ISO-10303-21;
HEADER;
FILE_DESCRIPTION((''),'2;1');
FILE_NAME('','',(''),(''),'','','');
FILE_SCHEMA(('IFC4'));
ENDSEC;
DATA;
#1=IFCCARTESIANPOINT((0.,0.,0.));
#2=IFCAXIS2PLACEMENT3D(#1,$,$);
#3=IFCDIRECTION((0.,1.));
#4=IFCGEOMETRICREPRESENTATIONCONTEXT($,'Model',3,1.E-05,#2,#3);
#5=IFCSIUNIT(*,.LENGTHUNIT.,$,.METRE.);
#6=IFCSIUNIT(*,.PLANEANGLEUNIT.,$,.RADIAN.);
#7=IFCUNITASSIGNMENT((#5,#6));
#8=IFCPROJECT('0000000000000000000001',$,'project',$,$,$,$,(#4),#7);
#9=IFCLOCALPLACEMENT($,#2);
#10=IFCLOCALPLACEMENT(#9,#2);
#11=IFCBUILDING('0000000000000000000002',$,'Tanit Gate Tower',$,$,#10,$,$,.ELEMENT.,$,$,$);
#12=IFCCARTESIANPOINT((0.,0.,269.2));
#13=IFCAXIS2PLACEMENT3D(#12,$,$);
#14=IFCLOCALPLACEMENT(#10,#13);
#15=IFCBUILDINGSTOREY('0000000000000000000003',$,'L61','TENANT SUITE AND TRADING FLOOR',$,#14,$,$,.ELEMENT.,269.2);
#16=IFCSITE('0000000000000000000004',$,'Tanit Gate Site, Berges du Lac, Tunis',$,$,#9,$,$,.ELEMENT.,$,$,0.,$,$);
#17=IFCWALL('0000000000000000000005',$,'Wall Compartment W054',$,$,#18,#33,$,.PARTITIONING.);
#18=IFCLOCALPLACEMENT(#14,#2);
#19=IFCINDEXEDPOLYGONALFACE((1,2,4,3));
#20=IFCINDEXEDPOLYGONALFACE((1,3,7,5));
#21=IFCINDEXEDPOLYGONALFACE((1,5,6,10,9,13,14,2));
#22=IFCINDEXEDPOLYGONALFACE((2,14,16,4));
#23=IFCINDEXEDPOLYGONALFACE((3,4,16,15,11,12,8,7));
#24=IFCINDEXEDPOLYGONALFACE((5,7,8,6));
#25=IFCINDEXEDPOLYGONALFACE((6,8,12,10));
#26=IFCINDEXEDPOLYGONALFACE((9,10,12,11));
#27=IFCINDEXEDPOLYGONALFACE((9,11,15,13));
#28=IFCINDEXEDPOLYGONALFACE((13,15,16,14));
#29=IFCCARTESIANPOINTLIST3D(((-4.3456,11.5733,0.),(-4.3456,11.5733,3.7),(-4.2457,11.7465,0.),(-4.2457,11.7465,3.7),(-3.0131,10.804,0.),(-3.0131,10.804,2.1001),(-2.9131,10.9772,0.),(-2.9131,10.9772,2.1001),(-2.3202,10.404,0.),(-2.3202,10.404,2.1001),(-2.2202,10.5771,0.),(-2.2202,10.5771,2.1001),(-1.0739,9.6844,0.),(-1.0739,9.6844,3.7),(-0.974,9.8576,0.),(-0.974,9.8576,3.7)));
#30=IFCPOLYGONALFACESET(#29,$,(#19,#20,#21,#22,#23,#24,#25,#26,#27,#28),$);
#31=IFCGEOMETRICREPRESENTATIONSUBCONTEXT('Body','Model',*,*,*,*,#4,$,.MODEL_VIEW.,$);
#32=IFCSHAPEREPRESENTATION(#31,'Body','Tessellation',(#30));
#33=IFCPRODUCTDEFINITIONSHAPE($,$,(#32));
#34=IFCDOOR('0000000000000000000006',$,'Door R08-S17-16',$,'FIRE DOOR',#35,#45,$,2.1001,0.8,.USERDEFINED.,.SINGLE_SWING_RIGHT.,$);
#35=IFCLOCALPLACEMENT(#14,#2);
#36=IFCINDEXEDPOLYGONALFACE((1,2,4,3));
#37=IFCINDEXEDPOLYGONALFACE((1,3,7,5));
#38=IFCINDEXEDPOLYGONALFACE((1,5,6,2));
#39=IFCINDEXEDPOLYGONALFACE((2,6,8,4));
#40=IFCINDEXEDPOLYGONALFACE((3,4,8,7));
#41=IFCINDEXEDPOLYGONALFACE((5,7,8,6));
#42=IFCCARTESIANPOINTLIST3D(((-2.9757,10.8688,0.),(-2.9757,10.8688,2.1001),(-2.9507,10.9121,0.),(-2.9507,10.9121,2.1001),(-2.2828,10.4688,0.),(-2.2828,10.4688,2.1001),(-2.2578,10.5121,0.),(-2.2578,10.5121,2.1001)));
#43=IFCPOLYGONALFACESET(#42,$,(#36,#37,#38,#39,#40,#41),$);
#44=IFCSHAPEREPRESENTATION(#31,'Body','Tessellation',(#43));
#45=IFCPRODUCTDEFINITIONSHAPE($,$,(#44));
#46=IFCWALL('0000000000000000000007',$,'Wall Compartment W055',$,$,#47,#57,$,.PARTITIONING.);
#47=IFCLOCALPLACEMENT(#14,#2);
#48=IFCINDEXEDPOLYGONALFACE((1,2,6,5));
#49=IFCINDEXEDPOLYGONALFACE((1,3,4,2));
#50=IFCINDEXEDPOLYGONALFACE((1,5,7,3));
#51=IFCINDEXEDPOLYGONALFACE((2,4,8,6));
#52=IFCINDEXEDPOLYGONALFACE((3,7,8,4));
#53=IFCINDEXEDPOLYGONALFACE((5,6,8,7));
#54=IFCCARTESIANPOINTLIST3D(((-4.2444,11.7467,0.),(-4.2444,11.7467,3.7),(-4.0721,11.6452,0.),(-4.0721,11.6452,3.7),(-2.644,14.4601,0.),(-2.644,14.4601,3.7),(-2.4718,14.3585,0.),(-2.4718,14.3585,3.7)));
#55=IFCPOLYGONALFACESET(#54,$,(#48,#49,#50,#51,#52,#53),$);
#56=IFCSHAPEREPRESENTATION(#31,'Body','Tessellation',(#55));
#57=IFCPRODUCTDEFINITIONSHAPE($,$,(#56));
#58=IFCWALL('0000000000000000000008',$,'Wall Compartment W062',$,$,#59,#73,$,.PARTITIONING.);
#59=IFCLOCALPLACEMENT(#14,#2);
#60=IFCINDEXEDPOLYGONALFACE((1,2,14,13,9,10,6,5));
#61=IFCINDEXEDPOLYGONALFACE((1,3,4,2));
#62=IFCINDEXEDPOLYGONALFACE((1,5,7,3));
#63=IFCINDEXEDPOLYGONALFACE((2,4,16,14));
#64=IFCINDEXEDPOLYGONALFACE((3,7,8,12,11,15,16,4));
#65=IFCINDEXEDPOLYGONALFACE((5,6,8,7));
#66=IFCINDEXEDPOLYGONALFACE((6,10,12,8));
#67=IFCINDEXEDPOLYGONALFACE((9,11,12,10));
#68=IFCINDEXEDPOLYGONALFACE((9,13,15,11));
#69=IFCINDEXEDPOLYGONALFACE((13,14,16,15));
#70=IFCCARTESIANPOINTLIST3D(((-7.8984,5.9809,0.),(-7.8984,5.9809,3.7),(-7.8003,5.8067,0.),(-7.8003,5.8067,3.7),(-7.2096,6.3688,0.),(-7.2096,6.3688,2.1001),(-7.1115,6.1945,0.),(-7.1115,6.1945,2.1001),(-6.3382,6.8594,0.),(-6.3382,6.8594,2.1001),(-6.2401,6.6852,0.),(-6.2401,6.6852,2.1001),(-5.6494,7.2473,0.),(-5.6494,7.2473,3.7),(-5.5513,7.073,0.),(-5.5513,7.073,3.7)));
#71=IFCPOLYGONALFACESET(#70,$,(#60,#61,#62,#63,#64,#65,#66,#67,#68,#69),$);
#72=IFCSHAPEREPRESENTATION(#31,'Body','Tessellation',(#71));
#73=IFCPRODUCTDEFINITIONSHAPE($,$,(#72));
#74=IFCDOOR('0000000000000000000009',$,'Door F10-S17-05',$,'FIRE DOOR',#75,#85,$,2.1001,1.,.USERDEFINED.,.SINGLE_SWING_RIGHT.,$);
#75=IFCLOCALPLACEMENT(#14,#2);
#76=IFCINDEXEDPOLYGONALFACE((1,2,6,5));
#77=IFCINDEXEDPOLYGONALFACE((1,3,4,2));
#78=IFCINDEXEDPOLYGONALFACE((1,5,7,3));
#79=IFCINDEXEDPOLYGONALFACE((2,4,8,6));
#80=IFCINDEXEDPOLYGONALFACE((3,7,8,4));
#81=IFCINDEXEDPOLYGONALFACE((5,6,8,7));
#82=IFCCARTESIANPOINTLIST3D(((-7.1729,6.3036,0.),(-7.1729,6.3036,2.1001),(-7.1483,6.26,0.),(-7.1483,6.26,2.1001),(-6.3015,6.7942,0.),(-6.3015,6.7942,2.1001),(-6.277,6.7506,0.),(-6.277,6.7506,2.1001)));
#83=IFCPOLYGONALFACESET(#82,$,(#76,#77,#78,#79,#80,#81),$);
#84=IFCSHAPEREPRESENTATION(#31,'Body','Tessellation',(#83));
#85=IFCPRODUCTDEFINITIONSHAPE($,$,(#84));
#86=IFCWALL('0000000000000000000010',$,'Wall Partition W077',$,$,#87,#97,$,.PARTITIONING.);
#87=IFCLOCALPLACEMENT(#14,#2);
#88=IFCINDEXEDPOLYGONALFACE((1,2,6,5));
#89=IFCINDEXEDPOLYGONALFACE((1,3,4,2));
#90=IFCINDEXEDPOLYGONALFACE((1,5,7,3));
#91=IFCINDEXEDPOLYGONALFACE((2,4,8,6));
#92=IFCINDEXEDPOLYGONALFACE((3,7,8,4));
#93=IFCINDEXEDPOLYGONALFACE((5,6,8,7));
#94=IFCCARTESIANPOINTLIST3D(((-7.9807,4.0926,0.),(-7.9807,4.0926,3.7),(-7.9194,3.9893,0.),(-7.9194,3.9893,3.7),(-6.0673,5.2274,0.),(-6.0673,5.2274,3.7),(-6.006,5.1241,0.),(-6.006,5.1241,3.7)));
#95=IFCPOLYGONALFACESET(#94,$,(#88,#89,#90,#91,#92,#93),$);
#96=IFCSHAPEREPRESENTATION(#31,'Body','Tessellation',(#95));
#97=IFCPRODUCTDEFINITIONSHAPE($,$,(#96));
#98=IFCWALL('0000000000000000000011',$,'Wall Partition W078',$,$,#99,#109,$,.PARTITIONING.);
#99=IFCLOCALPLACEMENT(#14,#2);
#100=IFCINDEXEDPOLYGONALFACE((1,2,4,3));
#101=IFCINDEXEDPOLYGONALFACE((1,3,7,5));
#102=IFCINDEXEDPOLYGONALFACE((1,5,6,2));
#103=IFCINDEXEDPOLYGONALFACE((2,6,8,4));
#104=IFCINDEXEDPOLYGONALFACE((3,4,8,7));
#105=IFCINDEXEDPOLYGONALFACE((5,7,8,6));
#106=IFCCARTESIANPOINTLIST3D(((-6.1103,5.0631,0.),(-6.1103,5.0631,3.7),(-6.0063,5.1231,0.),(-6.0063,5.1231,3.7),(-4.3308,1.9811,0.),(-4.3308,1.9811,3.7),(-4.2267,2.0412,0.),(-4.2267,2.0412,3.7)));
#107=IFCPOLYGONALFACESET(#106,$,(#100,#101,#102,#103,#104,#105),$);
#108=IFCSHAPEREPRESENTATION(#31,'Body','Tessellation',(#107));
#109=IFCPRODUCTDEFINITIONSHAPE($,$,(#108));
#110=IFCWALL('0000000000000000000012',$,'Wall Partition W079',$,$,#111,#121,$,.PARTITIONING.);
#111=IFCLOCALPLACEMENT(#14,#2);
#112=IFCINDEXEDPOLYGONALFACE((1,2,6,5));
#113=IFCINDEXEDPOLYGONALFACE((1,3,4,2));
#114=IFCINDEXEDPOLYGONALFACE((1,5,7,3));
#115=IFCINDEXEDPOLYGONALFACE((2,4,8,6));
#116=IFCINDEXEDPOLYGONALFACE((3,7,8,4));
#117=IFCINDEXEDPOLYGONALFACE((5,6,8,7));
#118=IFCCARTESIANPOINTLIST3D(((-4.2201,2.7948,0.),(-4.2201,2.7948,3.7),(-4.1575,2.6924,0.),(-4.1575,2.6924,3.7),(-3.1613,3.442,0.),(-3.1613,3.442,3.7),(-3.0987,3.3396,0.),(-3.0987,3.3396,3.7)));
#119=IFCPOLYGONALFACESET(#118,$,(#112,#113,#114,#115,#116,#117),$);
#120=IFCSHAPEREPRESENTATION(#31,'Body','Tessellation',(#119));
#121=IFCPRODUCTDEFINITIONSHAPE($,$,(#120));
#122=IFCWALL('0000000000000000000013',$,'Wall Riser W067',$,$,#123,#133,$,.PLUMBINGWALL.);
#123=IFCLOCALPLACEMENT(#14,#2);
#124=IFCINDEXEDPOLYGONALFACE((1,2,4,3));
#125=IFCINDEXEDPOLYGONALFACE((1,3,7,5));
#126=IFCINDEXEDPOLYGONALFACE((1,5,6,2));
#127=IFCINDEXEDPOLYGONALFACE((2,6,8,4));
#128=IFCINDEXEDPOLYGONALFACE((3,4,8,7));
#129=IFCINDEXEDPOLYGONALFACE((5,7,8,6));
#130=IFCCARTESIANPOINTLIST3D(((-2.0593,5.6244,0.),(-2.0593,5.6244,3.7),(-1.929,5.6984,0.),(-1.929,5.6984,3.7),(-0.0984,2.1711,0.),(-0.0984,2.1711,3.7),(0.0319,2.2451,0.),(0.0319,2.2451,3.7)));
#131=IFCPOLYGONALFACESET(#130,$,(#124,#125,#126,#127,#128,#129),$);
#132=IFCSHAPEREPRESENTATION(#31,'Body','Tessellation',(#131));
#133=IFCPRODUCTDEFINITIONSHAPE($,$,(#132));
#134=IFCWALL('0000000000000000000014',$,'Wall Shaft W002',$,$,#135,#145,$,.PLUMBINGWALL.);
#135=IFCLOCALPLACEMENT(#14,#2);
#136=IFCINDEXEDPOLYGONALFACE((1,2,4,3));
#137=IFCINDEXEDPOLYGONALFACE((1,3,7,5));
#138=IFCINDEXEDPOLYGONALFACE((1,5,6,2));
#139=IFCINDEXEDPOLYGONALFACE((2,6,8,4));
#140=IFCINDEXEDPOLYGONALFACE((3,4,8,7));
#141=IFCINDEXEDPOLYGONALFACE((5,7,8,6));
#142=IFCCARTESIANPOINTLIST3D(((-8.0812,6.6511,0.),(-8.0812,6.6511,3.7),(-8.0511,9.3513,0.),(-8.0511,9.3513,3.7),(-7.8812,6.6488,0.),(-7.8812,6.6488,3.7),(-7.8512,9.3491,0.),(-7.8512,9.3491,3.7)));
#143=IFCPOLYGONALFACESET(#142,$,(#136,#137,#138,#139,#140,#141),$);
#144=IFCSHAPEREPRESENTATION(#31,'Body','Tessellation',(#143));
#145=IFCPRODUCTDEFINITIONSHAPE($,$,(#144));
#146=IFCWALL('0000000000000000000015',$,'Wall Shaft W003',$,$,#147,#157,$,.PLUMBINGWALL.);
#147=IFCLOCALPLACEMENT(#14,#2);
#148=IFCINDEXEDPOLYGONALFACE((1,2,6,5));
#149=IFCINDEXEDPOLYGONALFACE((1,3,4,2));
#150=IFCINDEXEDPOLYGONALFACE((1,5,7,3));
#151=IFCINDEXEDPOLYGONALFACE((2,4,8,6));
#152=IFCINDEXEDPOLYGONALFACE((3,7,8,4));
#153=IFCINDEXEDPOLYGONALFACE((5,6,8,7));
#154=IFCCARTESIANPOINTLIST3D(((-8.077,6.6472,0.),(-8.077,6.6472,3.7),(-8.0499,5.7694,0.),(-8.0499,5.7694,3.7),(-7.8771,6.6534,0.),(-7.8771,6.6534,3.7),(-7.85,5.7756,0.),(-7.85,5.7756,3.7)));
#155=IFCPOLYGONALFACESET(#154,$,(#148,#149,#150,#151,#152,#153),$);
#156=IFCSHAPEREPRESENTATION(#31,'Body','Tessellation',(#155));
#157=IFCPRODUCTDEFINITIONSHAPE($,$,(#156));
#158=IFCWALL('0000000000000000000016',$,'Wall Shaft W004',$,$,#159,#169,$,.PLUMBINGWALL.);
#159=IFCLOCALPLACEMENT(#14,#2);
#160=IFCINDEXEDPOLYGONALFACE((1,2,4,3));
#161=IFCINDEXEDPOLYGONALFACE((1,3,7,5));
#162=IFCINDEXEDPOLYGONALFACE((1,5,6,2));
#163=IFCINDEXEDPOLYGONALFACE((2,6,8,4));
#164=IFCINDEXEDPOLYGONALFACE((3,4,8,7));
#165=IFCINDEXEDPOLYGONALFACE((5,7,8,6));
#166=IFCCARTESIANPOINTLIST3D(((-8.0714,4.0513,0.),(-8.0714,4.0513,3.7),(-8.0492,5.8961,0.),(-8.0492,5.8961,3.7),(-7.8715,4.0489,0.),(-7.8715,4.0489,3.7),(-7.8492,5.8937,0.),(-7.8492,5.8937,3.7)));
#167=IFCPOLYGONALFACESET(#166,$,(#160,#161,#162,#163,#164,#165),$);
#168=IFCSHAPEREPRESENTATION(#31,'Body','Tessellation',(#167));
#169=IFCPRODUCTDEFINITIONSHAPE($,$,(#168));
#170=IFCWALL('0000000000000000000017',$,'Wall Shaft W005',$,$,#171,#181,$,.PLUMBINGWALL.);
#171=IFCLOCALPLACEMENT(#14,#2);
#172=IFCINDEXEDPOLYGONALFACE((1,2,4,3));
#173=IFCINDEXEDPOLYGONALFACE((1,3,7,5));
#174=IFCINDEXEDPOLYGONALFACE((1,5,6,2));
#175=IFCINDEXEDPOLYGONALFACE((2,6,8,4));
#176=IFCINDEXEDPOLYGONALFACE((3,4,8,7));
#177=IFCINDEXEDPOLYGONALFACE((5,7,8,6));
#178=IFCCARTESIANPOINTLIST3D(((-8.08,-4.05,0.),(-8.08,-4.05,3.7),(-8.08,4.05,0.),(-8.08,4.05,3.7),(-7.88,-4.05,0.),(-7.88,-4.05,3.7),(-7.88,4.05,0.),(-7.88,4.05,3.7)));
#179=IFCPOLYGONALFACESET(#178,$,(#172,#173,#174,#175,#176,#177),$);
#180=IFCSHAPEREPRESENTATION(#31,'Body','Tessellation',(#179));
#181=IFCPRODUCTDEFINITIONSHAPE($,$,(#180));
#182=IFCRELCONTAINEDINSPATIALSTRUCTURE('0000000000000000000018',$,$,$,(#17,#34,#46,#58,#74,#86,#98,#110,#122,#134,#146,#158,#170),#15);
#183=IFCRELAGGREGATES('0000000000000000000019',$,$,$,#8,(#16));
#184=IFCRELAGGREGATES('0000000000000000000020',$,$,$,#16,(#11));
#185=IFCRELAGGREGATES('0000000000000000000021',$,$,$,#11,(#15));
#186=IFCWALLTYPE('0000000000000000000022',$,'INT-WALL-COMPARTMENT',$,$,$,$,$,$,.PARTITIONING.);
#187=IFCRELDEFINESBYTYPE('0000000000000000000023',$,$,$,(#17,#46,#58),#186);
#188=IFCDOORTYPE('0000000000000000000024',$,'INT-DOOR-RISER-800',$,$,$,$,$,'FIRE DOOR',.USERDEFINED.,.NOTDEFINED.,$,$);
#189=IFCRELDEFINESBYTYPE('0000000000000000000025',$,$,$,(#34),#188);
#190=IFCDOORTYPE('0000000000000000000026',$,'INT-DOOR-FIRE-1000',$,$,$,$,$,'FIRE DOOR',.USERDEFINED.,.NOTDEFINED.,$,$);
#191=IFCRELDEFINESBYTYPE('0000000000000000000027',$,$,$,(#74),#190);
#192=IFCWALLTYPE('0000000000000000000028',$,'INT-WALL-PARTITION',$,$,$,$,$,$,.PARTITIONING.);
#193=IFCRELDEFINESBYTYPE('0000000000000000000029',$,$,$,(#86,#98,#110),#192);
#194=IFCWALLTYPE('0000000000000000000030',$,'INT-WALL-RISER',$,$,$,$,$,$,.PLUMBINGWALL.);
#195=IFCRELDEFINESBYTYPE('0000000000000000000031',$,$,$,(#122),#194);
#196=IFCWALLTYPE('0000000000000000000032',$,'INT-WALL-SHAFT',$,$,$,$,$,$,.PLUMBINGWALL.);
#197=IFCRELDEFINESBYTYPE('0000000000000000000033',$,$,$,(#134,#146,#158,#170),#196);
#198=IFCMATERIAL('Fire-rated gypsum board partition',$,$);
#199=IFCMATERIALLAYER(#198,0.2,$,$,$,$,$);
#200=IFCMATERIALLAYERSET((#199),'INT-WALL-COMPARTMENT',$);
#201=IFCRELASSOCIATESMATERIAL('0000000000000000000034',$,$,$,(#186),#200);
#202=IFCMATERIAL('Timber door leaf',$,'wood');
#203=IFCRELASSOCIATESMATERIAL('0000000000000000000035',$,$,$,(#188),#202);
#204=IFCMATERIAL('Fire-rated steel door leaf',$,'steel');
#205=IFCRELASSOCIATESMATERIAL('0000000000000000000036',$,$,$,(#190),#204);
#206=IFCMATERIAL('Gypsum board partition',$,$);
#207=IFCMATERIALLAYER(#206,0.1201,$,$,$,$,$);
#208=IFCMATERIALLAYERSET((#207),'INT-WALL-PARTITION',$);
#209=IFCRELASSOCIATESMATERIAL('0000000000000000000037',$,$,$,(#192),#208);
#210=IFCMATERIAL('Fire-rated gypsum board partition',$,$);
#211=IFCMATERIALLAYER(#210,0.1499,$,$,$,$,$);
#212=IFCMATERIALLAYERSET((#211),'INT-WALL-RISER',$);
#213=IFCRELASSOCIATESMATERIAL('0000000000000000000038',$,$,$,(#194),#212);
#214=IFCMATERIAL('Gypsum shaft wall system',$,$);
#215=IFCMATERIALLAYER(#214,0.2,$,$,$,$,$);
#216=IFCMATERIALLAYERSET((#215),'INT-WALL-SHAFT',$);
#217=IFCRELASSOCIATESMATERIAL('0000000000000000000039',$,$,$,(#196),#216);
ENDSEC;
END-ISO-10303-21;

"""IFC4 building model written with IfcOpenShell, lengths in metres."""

from ifc_helpers import new_model, si_unit, direction, frame, frame_2d, origin, place, context, subcontext, project, spatial, rectangle, extrude, material, layer, layer_set, type_object, element, fill, save


model = new_model("IFC4")

# Units and contexts
model_context = context("Model", 3, precision=1e-05, world=origin(), true_north=direction((0.0, 1.0)))
body_context = subcontext(model_context, "Body", "Model", "MODEL_VIEW")
ifc_project = project(units=[si_unit("LENGTHUNIT", "METRE"), si_unit("PLANEANGLEUNIT", "RADIAN")], contexts=[model_context])

# Site, building, storey
site_placement = place(None, origin())
site = spatial("IfcSite", under=ifc_project, at=site_placement, Name="Tanit Gate Site, Berges du Lac, Tunis", CompositionType="ELEMENT", RefElevation=0.0)
building_placement = place(site_placement, origin())
building = spatial("IfcBuilding", under=site, at=building_placement, Name="Tanit Gate Tower", CompositionType="ELEMENT")
storey_placement = place(building_placement, frame((0.0, 0.0, 269.2)))
storey = spatial("IfcBuildingStorey", under=building, at=storey_placement, Name="L61", Description="TENANT SUITE AND TRADING FLOOR", CompositionType="ELEMENT", Elevation=269.2)

# Wall, opening, door
ifc_material_1 = material(Name="Fire-rated gypsum board partition")
ifc_layer_1 = layer(ifc_material_1, 0.2)
ifc_layer_set_1 = layer_set([ifc_layer_1], Name="INT-WALL-COMPARTMENT")
wall_type_1 = type_object("IfcWallType", Name="INT-WALL-COMPARTMENT", PredefinedType="PARTITIONING", material=ifc_layer_set_1)
wall_1_placement = place(storey_placement, frame((-4.2957, 11.6599, 0.0), z_axis=(0.0, 0.0, 1.0), x_axis=(0.866027, -0.499997, 0.0)))
wall_1 = element("IfcWall", 1, at=wall_1_placement, inside=storey, type_object=wall_type_1, Name="Wall Compartment W054", PredefinedType="PARTITIONING", context=body_context, shape_type="SweptSolid", body=[
    extrude(rectangle(XDim=3.7778, YDim=0.2, at=frame_2d((1.8889, 0.0))), origin(), (0.0, 0.0, 1.0), 3.7),
])
opening_1_placement = place(wall_1_placement, frame((1.5388, 0.0, 0.0)))
opening_1 = element("IfcOpeningElement", 2, at=opening_1_placement, cuts=wall_1, PredefinedType="OPENING", context=body_context, shape_type="SweptSolid", body=[
    extrude(rectangle(XDim=0.8, YDim=2.1001, at=frame_2d((0.3999, 1.05))), frame((0.0, 0.1099, 0.0), z_axis=(0.0, -1.0, 0.0), x_axis=(1.0, 0.0, 0.0)), (0.0, 0.0, 1.0), 0.22),
])
ifc_material_2 = material(Name="Timber door leaf", Category="wood")
door_type_1 = type_object("IfcDoorType", Name="INT-DOOR-RISER-800", ElementType="FIRE DOOR", OperationType="NOTDEFINED", PredefinedType="USERDEFINED", material=ifc_material_2)
door_1_placement = place(opening_1_placement, origin())
door_1 = element("IfcDoor", 3, at=door_1_placement, inside=storey, type_object=door_type_1, Name="Door R08-S17-16", ObjectType="FIRE DOOR", OperationType="SINGLE_SWING_RIGHT", OverallHeight=2.1001, OverallWidth=0.8, PredefinedType="USERDEFINED", context=body_context, shape_type="SweptSolid", body=[
    extrude(rectangle(XDim=0.8, YDim=2.1001, at=frame_2d((0.3999, 1.05))), frame((0.0, 0.0249, 0.0), z_axis=(0.0, -1.0, 0.0), x_axis=(1.0, 0.0, 0.0)), (0.0, 0.0, 1.0), 0.05),
])
fill(opening_1, door_1)

# Wall
wall_2_placement = place(storey_placement, frame((-2.5579, 14.4094, 0.0), z_axis=(0.0, 0.0, 1.0), x_axis=(-0.508019, -0.861346, 0.0)))
element("IfcWall", 4, at=wall_2_placement, inside=storey, type_object=wall_type_1, Name="Wall Compartment W055", PredefinedType="PARTITIONING", context=body_context, shape_type="SweptSolid", body=[
    extrude(rectangle(XDim=3.1501, YDim=0.2, at=frame_2d((1.5752, 0.0))), origin(), (0.0, 0.0, 1.0), 3.7),
])

# Wall, opening, door
wall_3_placement = place(storey_placement, frame((-5.6003, 7.1602, 0.0), z_axis=(0.0, 0.0, 1.0), x_axis=(-0.871363, -0.490638, 0.0)))
wall_3 = element("IfcWall", 5, at=wall_3_placement, inside=storey, type_object=wall_type_1, Name="Wall Compartment W062", PredefinedType="PARTITIONING", context=body_context, shape_type="SweptSolid", body=[
    extrude(rectangle(XDim=2.5811, YDim=0.2, at=frame_2d((1.2905, 0.0))), origin(), (0.0, 0.0, 1.0), 3.7),
])
opening_2_placement = place(wall_3_placement, frame((0.7905, 0.0, 0.0)))
opening_2 = element("IfcOpeningElement", 6, at=opening_2_placement, cuts=wall_3, PredefinedType="OPENING", context=body_context, shape_type="SweptSolid", body=[
    extrude(rectangle(XDim=1.0, YDim=2.1001, at=frame_2d((0.5, 1.05))), frame((0.0, 0.1099, 0.0), z_axis=(0.0, -1.0, 0.0), x_axis=(1.0, 0.0, 0.0)), (0.0, 0.0, 1.0), 0.22),
])
ifc_material_3 = material(Name="Fire-rated steel door leaf", Category="steel")
door_type_2 = type_object("IfcDoorType", Name="INT-DOOR-FIRE-1000", ElementType="FIRE DOOR", OperationType="NOTDEFINED", PredefinedType="USERDEFINED", material=ifc_material_3)
door_2_placement = place(opening_2_placement, origin())
door_2 = element("IfcDoor", 7, at=door_2_placement, inside=storey, type_object=door_type_2, Name="Door F10-S17-05", ObjectType="FIRE DOOR", OperationType="SINGLE_SWING_RIGHT", OverallHeight=2.1001, OverallWidth=1.0, PredefinedType="USERDEFINED", context=body_context, shape_type="SweptSolid", body=[
    extrude(rectangle(XDim=1.0, YDim=2.1001, at=frame_2d((0.5, 1.05))), frame((0.0, 0.0249, 0.0), z_axis=(0.0, -1.0, 0.0), x_axis=(1.0, 0.0, 0.0)), (0.0, 0.0, 1.0), 0.05),
])
fill(opening_2, door_2)

# Walls
ifc_material_4 = material(Name="Gypsum board partition")
ifc_layer_2 = layer(ifc_material_4, 0.1201)
ifc_layer_set_2 = layer_set([ifc_layer_2], Name="INT-WALL-PARTITION")
wall_type_2 = type_object("IfcWallType", Name="INT-WALL-PARTITION", PredefinedType="PARTITIONING", material=ifc_layer_set_2)
wall_4_placement = place(storey_placement, frame((-6.0366, 5.1758, 0.0), z_axis=(0.0, 0.0, 1.0), x_axis=(-0.860106, -0.510115, 0.0)))
element("IfcWall", 8, at=wall_4_placement, inside=storey, type_object=wall_type_2, Name="Wall Partition W077", PredefinedType="PARTITIONING", context=body_context, shape_type="SweptSolid", body=[
    extrude(rectangle(XDim=2.2246, YDim=0.1201, at=frame_2d((1.1123, 0.0))), origin(), (0.0, 0.0, 1.0), 3.7),
])
wall_5_placement = place(storey_placement, frame((-4.2788, 2.0112, 0.0), z_axis=(0.0, 0.0, 1.0), x_axis=(-0.500027, 0.86601, 0.0)))
element("IfcWall", 9, at=wall_5_placement, inside=storey, type_object=wall_type_2, Name="Wall Partition W078", PredefinedType="PARTITIONING", context=body_context, shape_type="SweptSolid", body=[
    extrude(rectangle(XDim=3.5588, YDim=0.1201, at=frame_2d((1.7793, 0.0))), origin(), (0.0, 0.0, 1.0), 3.7),
])
wall_6_placement = place(storey_placement, frame((-3.1299, 3.3909, 0.0), z_axis=(0.0, 0.0, 1.0), x_axis=(-0.853228, -0.521538, 0.0)))
element("IfcWall", 10, at=wall_6_placement, inside=storey, type_object=wall_type_2, Name="Wall Partition W079", PredefinedType="PARTITIONING", context=body_context, shape_type="SweptSolid", body=[
    extrude(rectangle(XDim=1.241, YDim=0.1201, at=frame_2d((0.6206, 0.0))), origin(), (0.0, 0.0, 1.0), 3.7),
])
ifc_material_5 = material(Name="Fire-rated gypsum board partition")
ifc_layer_3 = layer(ifc_material_5, 0.1499)
ifc_layer_set_3 = layer_set([ifc_layer_3], Name="INT-WALL-RISER")
wall_type_3 = type_object("IfcWallType", Name="INT-WALL-RISER", PredefinedType="PLUMBINGWALL", material=ifc_layer_set_3)
wall_7_placement = place(storey_placement, frame((-1.9941, 5.6614, 0.0), z_axis=(0.0, 0.0, 1.0), x_axis=(0.49378, -0.869587, 0.0)))
element("IfcWall", 11, at=wall_7_placement, inside=storey, type_object=wall_type_3, Name="Wall Riser W067", PredefinedType="PLUMBINGWALL", context=body_context, shape_type="SweptSolid", body=[
    extrude(rectangle(XDim=3.9712, YDim=0.1499, at=frame_2d((1.9856, 0.0))), origin(), (0.0, 0.0, 1.0), 3.7),
])
ifc_material_6 = material(Name="Gypsum shaft wall system")
ifc_layer_4 = layer(ifc_material_6, 0.2)
ifc_layer_set_4 = layer_set([ifc_layer_4], Name="INT-WALL-SHAFT")
wall_type_4 = type_object("IfcWallType", Name="INT-WALL-SHAFT", PredefinedType="PLUMBINGWALL", material=ifc_layer_set_4)
wall_8_placement = place(storey_placement, frame((-7.9512, 9.3501, 0.0), z_axis=(0.0, 0.0, 1.0), x_axis=(-0.01112, -0.999938, 0.0)))
element("IfcWall", 12, at=wall_8_placement, inside=storey, type_object=wall_type_4, Name="Wall Shaft W002", PredefinedType="PLUMBINGWALL", context=body_context, shape_type="SweptSolid", body=[
    extrude(rectangle(XDim=2.7004, YDim=0.2, at=frame_2d((1.3501, 0.0))), origin(), (0.0, 0.0, 1.0), 3.7),
])
wall_9_placement = place(storey_placement, frame((-7.9771, 6.6501, 0.0), z_axis=(0.0, 0.0, 1.0), x_axis=(0.030862, -0.999524, 0.0)))
element("IfcWall", 13, at=wall_9_placement, inside=storey, type_object=wall_type_4, Name="Wall Shaft W003", PredefinedType="PLUMBINGWALL", context=body_context, shape_type="SweptSolid", body=[
    extrude(rectangle(XDim=0.8782, YDim=0.2, at=frame_2d((0.439, 0.0))), origin(), (0.0, 0.0, 1.0), 3.7),
])
wall_10_placement = place(storey_placement, frame((-7.9492, 5.8948, 0.0), z_axis=(0.0, 0.0, 1.0), x_axis=(-0.012043, -0.999927, 0.0)))
element("IfcWall", 14, at=wall_10_placement, inside=storey, type_object=wall_type_4, Name="Wall Shaft W004", PredefinedType="PLUMBINGWALL", context=body_context, shape_type="SweptSolid", body=[
    extrude(rectangle(XDim=1.845, YDim=0.2, at=frame_2d((0.9224, 0.0))), origin(), (0.0, 0.0, 1.0), 3.7),
])
wall_11_placement = place(storey_placement, frame((-7.98, 4.05, 0.0), z_axis=(0.0, 0.0, 1.0), x_axis=(0.0, -1.0, 0.0)))
element("IfcWall", 15, at=wall_11_placement, inside=storey, type_object=wall_type_4, Name="Wall Shaft W005", PredefinedType="PLUMBINGWALL", context=body_context, shape_type="SweptSolid", body=[
    extrude(rectangle(XDim=8.1001, YDim=0.2, at=frame_2d((4.05, 0.0))), origin(), (0.0, 0.0, 1.0), 3.7),
])

save(model, "model.ifc")
